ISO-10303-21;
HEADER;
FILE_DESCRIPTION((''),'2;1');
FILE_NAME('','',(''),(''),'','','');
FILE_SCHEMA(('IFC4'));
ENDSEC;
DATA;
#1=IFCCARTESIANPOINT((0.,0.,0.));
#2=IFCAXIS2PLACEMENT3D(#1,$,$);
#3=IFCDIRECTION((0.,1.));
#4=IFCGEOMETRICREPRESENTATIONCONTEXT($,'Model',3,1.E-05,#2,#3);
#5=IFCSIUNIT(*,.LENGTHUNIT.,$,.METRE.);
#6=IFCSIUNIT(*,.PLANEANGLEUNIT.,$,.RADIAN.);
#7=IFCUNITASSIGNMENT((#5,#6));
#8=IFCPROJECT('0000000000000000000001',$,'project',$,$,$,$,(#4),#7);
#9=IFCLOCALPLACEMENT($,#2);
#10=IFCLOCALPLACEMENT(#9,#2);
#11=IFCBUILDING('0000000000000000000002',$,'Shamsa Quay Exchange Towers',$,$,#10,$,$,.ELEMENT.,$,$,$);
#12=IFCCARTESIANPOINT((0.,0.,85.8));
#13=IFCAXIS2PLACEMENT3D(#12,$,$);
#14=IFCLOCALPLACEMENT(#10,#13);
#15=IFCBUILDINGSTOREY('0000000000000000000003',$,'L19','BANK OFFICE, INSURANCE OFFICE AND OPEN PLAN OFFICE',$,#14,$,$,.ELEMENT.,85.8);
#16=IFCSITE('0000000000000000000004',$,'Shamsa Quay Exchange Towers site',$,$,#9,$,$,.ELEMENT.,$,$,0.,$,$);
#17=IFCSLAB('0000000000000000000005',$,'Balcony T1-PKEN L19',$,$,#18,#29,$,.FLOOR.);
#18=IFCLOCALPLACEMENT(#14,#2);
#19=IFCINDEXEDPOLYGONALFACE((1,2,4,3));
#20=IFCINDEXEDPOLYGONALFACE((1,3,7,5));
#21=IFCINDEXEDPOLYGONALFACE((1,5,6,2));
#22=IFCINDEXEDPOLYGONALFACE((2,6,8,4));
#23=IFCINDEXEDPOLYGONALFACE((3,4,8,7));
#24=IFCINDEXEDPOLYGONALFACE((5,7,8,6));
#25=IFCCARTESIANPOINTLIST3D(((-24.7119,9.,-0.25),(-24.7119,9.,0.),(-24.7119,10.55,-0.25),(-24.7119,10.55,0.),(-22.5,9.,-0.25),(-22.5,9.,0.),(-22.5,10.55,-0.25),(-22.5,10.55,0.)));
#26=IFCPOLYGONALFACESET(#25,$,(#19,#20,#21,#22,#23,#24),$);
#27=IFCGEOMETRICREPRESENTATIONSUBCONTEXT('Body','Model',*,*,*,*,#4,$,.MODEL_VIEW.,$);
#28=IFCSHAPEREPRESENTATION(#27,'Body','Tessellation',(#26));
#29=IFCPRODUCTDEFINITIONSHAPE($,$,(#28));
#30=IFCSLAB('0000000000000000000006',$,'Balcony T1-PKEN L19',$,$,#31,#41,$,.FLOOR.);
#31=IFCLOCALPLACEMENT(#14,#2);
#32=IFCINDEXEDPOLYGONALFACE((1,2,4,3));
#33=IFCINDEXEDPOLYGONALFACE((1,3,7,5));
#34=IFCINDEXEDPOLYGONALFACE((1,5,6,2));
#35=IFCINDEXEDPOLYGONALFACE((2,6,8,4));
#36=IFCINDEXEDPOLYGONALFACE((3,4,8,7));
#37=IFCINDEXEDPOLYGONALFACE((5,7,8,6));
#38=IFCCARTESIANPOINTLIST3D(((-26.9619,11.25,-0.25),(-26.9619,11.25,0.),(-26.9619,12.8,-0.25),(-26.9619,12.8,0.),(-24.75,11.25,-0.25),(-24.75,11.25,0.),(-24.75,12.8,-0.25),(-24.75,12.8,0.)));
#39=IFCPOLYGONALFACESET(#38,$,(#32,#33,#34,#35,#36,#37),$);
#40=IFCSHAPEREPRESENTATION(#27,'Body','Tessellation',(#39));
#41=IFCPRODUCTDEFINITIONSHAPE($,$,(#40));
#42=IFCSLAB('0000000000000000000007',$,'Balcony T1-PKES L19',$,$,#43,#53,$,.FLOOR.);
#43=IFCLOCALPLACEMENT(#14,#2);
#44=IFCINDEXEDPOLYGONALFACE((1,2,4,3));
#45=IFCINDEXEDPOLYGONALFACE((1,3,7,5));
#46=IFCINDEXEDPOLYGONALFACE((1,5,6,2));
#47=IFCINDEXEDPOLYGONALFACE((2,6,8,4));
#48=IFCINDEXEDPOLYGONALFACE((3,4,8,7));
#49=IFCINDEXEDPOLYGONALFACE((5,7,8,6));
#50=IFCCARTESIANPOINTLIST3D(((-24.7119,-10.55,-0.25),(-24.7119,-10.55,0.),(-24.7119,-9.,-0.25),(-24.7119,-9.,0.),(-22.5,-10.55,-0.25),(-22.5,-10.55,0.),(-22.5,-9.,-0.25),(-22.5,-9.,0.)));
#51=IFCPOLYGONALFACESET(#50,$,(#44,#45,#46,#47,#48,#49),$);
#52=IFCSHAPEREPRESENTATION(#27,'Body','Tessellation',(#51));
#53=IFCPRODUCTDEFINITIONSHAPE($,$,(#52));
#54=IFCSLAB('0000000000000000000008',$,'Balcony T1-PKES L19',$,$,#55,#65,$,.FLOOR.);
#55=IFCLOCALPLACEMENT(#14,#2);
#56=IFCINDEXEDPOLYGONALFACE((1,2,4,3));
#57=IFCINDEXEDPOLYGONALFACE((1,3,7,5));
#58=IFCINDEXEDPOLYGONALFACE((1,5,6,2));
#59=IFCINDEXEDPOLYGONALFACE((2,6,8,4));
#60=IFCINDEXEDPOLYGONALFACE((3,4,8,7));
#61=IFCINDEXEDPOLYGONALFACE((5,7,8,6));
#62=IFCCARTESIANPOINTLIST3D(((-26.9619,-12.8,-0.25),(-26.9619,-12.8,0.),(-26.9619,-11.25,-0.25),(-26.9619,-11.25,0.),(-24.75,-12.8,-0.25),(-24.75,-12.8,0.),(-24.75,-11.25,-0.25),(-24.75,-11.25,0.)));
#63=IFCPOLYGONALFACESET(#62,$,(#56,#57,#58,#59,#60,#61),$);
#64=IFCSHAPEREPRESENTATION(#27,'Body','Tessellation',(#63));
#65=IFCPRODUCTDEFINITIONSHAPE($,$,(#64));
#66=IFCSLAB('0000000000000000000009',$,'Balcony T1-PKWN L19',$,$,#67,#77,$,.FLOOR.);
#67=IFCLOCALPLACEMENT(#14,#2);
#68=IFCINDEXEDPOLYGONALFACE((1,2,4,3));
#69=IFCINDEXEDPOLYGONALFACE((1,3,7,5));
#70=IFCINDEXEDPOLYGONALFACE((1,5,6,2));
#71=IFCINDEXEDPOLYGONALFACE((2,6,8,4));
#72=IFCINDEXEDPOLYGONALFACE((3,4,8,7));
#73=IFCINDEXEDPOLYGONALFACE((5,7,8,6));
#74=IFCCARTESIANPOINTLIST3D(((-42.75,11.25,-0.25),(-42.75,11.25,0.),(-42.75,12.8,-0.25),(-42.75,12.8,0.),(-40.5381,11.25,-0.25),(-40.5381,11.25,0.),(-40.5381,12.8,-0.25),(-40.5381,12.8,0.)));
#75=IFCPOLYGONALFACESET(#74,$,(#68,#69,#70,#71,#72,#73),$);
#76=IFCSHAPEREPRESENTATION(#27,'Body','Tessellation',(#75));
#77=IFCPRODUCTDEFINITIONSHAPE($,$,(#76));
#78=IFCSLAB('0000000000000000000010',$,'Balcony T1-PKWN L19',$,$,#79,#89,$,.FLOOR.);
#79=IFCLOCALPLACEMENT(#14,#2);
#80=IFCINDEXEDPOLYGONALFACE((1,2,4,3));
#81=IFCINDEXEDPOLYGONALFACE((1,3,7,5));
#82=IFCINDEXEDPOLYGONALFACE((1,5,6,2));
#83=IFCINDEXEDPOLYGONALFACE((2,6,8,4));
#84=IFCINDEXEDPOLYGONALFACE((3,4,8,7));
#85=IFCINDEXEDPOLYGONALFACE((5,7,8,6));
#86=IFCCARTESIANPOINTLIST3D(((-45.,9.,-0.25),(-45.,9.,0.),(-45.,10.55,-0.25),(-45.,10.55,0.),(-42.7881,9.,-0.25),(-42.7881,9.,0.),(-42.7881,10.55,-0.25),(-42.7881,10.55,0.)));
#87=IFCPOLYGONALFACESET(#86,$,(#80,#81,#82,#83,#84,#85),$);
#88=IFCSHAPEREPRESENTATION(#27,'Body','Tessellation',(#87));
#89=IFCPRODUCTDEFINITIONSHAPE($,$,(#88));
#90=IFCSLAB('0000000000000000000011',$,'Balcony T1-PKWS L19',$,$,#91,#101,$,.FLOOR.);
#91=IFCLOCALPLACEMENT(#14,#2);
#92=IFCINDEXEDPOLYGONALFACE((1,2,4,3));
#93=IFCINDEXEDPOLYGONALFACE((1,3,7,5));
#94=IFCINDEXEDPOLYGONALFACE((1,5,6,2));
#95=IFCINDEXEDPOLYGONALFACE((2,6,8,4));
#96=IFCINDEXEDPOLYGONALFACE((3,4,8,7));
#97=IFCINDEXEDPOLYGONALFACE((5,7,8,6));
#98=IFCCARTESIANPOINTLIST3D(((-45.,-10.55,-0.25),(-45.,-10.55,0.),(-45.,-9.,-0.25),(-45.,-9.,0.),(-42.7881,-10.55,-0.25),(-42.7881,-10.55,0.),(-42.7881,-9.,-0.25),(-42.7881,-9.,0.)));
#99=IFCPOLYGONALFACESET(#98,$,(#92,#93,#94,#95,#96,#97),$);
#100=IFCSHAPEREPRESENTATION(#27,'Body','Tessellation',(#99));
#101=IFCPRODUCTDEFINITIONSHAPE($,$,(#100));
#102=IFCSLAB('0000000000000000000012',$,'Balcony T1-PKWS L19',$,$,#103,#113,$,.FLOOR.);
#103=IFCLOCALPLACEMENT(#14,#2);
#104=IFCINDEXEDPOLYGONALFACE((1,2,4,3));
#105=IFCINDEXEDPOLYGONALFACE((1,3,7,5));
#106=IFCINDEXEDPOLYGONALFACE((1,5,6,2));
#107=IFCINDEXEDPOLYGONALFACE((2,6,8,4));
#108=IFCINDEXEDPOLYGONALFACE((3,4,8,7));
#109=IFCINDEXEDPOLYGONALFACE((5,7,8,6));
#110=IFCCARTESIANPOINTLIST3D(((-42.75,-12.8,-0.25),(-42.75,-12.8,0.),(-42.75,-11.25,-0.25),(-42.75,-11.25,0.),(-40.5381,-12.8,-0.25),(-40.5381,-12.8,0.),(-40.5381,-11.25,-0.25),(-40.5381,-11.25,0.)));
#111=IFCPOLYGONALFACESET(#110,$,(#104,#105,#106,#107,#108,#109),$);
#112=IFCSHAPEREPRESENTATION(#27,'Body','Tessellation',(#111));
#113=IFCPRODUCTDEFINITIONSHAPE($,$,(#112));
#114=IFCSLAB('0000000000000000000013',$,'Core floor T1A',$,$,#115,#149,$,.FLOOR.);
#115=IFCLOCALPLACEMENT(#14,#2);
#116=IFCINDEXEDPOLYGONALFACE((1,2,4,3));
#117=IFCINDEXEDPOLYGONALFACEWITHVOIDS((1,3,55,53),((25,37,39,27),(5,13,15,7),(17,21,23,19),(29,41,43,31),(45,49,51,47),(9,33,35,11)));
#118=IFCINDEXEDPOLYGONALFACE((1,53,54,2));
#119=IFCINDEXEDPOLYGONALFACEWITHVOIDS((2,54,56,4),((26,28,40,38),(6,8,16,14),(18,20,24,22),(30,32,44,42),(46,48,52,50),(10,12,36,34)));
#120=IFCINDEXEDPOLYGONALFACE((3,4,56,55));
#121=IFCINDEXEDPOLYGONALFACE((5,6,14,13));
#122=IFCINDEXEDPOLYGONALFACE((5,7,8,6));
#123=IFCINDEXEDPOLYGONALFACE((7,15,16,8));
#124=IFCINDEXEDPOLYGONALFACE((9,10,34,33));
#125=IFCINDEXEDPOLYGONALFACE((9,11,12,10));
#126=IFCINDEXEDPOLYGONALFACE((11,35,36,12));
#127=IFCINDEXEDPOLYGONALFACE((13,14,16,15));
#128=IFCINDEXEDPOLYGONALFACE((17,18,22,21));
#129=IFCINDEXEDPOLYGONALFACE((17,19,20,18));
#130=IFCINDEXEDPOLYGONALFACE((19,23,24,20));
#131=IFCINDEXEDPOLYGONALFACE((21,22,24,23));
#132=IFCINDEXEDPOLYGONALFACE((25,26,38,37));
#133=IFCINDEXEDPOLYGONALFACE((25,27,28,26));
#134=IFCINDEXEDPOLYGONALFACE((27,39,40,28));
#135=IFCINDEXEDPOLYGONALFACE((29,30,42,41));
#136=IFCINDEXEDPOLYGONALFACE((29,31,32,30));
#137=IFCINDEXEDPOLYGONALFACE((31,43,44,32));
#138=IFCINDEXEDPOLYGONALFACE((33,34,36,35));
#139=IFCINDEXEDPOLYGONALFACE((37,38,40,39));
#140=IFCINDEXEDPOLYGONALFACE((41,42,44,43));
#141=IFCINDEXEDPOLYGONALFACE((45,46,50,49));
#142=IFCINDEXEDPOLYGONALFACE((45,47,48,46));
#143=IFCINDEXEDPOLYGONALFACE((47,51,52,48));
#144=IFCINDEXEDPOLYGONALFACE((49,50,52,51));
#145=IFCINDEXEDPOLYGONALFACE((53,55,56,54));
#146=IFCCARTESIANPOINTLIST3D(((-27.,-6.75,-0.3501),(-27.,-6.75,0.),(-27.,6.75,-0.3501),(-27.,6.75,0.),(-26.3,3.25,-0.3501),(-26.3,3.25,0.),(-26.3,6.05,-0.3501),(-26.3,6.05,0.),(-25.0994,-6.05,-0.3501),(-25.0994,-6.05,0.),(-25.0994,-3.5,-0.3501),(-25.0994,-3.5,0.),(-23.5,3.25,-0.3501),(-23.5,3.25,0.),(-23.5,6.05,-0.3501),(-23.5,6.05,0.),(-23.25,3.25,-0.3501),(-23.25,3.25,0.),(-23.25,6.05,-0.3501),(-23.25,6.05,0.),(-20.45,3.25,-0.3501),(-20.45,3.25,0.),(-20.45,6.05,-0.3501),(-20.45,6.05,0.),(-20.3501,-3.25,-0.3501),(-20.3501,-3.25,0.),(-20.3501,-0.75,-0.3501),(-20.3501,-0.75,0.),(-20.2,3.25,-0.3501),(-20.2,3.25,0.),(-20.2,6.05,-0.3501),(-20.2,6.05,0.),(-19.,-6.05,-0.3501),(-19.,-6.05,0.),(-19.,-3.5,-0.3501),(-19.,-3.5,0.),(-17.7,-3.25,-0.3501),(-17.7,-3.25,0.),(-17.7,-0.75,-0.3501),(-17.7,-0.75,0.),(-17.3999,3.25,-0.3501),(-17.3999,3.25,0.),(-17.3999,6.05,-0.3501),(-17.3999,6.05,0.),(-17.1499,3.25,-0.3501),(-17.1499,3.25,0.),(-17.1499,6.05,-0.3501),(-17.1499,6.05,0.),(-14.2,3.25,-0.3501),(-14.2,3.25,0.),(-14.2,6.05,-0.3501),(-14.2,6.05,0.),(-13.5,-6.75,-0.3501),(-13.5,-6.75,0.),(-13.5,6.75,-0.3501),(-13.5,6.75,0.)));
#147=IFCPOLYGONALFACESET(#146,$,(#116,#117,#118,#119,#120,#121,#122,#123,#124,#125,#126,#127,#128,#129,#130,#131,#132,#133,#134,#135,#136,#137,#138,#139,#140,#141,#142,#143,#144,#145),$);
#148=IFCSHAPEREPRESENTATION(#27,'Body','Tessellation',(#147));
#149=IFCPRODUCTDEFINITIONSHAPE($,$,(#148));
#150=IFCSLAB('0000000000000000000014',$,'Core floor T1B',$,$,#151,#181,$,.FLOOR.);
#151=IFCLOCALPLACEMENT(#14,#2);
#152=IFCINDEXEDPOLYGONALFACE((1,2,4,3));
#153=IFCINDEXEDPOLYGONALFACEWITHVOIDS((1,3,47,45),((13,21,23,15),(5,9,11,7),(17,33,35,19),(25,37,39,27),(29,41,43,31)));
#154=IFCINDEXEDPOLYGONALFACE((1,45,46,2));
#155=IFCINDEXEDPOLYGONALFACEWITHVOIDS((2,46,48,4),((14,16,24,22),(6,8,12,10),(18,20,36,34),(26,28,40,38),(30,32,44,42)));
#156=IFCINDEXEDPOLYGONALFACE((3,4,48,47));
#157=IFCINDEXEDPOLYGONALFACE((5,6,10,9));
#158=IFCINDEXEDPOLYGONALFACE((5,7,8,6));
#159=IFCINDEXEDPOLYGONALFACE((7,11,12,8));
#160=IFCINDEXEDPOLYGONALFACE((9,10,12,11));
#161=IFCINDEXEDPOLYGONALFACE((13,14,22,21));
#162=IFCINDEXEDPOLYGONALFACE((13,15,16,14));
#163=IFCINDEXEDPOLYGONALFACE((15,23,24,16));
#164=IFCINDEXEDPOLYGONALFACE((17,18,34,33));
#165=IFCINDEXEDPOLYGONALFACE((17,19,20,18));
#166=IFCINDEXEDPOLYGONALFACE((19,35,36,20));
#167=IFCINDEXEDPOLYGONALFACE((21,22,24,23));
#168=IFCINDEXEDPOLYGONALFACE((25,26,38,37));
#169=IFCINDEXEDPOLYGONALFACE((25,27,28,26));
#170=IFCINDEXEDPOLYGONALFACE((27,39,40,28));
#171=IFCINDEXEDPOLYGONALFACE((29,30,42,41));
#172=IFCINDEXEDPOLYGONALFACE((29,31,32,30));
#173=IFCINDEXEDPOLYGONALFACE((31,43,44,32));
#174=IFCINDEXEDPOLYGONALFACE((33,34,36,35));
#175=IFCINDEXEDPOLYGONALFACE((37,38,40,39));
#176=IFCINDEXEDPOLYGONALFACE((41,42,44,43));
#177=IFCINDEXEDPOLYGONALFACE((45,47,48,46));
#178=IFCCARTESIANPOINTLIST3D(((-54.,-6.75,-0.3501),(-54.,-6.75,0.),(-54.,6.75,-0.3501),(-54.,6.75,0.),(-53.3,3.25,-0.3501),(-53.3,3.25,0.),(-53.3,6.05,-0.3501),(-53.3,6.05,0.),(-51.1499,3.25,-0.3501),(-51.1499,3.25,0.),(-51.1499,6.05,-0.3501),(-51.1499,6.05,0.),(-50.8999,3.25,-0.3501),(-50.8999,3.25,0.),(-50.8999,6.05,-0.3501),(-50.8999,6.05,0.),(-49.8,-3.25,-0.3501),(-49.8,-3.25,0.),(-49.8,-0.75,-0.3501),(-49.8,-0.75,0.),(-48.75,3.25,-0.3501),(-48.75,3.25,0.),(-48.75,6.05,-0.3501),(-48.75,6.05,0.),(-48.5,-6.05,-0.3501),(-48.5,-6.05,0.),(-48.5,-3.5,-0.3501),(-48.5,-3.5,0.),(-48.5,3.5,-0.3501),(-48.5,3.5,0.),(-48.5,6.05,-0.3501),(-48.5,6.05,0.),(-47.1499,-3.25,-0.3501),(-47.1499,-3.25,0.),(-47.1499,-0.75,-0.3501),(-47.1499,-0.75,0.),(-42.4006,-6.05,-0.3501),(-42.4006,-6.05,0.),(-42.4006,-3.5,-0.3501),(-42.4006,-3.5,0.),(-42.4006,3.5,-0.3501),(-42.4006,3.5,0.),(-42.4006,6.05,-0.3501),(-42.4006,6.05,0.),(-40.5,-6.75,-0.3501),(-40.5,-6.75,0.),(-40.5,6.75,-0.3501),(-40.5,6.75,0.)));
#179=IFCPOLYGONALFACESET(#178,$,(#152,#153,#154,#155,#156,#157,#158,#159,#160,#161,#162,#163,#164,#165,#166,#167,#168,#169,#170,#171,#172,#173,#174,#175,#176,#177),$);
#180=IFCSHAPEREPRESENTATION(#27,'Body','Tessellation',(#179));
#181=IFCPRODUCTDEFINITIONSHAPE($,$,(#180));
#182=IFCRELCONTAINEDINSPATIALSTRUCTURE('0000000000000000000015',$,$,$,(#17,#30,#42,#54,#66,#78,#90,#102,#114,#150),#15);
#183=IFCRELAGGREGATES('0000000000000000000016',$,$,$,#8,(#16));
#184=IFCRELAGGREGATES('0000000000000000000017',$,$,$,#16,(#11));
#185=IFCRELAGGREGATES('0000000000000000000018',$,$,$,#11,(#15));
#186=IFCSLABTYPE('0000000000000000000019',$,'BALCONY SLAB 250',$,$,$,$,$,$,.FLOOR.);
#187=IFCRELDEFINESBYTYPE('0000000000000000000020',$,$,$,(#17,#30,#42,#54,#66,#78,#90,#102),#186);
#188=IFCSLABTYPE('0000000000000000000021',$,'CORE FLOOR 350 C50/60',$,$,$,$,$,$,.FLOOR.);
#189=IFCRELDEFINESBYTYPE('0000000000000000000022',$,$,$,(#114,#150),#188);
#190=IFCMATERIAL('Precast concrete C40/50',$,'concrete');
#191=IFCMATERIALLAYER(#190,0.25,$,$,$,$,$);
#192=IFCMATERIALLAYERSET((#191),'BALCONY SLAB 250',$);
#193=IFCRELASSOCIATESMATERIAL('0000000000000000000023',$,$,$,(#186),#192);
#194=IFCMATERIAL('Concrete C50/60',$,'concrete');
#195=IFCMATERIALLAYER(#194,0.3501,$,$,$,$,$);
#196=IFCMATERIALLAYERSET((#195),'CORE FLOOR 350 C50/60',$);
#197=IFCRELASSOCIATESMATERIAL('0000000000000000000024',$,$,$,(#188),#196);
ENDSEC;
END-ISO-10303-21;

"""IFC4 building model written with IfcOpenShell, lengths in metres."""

from ifc_helpers import new_model, si_unit, direction, frame, origin, place, context, subcontext, project, spatial, polyline, outline, extrude, material, layer, layer_set, type_object, element, save


model = new_model("IFC4")

# Units and contexts
model_context = context("Model", 3, precision=1e-05, world=origin(), true_north=direction((0.0, 1.0)))
body_context = subcontext(model_context, "Body", "Model", "MODEL_VIEW")
ifc_project = project(units=[si_unit("LENGTHUNIT", "METRE"), si_unit("PLANEANGLEUNIT", "RADIAN")], contexts=[model_context])

# Site, building, storey
site_placement = place(None, origin())
site = spatial("IfcSite", under=ifc_project, at=site_placement, Name="Shamsa Quay Exchange Towers site", CompositionType="ELEMENT", RefElevation=0.0)
building_placement = place(site_placement, origin())
building = spatial("IfcBuilding", under=site, at=building_placement, Name="Shamsa Quay Exchange Towers", CompositionType="ELEMENT")
storey_placement = place(building_placement, frame((0.0, 0.0, 85.8)))
storey = spatial("IfcBuildingStorey", under=building, at=storey_placement, Name="L19", Description="BANK OFFICE, INSURANCE OFFICE AND OPEN PLAN OFFICE", CompositionType="ELEMENT", Elevation=85.8)

# Slabs
ifc_material_1 = material(Name="Precast concrete C40/50", Category="concrete")
ifc_layer_1 = layer(ifc_material_1, 0.25)
ifc_layer_set_1 = layer_set([ifc_layer_1], Name="BALCONY SLAB 250")
slab_type_1 = type_object("IfcSlabType", Name="BALCONY SLAB 250", PredefinedType="FLOOR", material=ifc_layer_set_1)
slab_1_placement = place(storey_placement, frame((0.0, 0.0, -0.25)))
element("IfcSlab", 1, at=slab_1_placement, inside=storey, type_object=slab_type_1, Name="Balcony T1-PKEN L19", PredefinedType="FLOOR", context=body_context, shape_type="SweptSolid", body=[
    extrude(outline(polyline([(-22.5, 9.0), (-24.7119, 9.0), (-24.7119, 10.55), (-22.5, 10.55), (-22.5, 9.0)])), origin(), (0.0, 0.0, 1.0), 0.25),
])
slab_2_placement = place(storey_placement, frame((0.0, 0.0, -0.25)))
element("IfcSlab", 2, at=slab_2_placement, inside=storey, type_object=slab_type_1, Name="Balcony T1-PKEN L19", PredefinedType="FLOOR", context=body_context, shape_type="SweptSolid", body=[
    extrude(outline(polyline([(-24.75, 11.25), (-26.9619, 11.25), (-26.9619, 12.8), (-24.75, 12.8), (-24.75, 11.25)])), origin(), (0.0, 0.0, 1.0), 0.25),
])
slab_3_placement = place(storey_placement, frame((0.0, 0.0, -0.25)))
element("IfcSlab", 3, at=slab_3_placement, inside=storey, type_object=slab_type_1, Name="Balcony T1-PKES L19", PredefinedType="FLOOR", context=body_context, shape_type="SweptSolid", body=[
    extrude(outline(polyline([(-24.7119, -9.0), (-22.5, -9.0), (-22.5, -10.55), (-24.7119, -10.55), (-24.7119, -9.0)])), origin(), (0.0, 0.0, 1.0), 0.25),
])
slab_4_placement = place(storey_placement, frame((0.0, 0.0, -0.25)))
element("IfcSlab", 4, at=slab_4_placement, inside=storey, type_object=slab_type_1, Name="Balcony T1-PKES L19", PredefinedType="FLOOR", context=body_context, shape_type="SweptSolid", body=[
    extrude(outline(polyline([(-26.9619, -11.25), (-24.75, -11.25), (-24.75, -12.8), (-26.9619, -12.8), (-26.9619, -11.25)])), origin(), (0.0, 0.0, 1.0), 0.25),
])
slab_5_placement = place(storey_placement, frame((0.0, 0.0, -0.25)))
element("IfcSlab", 5, at=slab_5_placement, inside=storey, type_object=slab_type_1, Name="Balcony T1-PKWN L19", PredefinedType="FLOOR", context=body_context, shape_type="SweptSolid", body=[
    extrude(outline(polyline([(-40.5381, 11.25), (-42.75, 11.25), (-42.75, 12.8), (-40.5381, 12.8), (-40.5381, 11.25)])), origin(), (0.0, 0.0, 1.0), 0.25),
])
slab_6_placement = place(storey_placement, frame((0.0, 0.0, -0.25)))
element("IfcSlab", 6, at=slab_6_placement, inside=storey, type_object=slab_type_1, Name="Balcony T1-PKWN L19", PredefinedType="FLOOR", context=body_context, shape_type="SweptSolid", body=[
    extrude(outline(polyline([(-42.7881, 9.0), (-45.0, 9.0), (-45.0, 10.55), (-42.7881, 10.55), (-42.7881, 9.0)])), origin(), (0.0, 0.0, 1.0), 0.25),
])
slab_7_placement = place(storey_placement, frame((0.0, 0.0, -0.25)))
element("IfcSlab", 7, at=slab_7_placement, inside=storey, type_object=slab_type_1, Name="Balcony T1-PKWS L19", PredefinedType="FLOOR", context=body_context, shape_type="SweptSolid", body=[
    extrude(outline(polyline([(-45.0, -9.0), (-42.7881, -9.0), (-42.7881, -10.55), (-45.0, -10.55), (-45.0, -9.0)])), origin(), (0.0, 0.0, 1.0), 0.25),
])
slab_8_placement = place(storey_placement, frame((0.0, 0.0, -0.25)))
element("IfcSlab", 8, at=slab_8_placement, inside=storey, type_object=slab_type_1, Name="Balcony T1-PKWS L19", PredefinedType="FLOOR", context=body_context, shape_type="SweptSolid", body=[
    extrude(outline(polyline([(-42.75, -11.25), (-40.5381, -11.25), (-40.5381, -12.8), (-42.75, -12.8), (-42.75, -11.25)])), origin(), (0.0, 0.0, 1.0), 0.25),
])
ifc_material_2 = material(Name="Concrete C50/60", Category="concrete")
ifc_layer_2 = layer(ifc_material_2, 0.3501)
ifc_layer_set_2 = layer_set([ifc_layer_2], Name="CORE FLOOR 350 C50/60")
slab_type_2 = type_object("IfcSlabType", Name="CORE FLOOR 350 C50/60", PredefinedType="FLOOR", material=ifc_layer_set_2)
slab_9_placement = place(storey_placement, frame((0.0, 0.0, -0.3501)))
element("IfcSlab", 9, at=slab_9_placement, inside=storey, type_object=slab_type_2, Name="Core floor T1A", PredefinedType="FLOOR", context=body_context, shape_type="SweptSolid", body=[
    extrude(outline(polyline([(-27.0, -6.75), (-13.5, -6.75), (-13.5, 6.75), (-27.0, 6.75), (-27.0, -6.75)]), holes=[polyline([(-25.0994, -6.05), (-25.0994, -3.5), (-19.0, -3.5), (-19.0, -6.05), (-25.0994, -6.05)]), polyline([(-26.3, 3.25), (-26.3, 6.05), (-23.5, 6.05), (-23.5, 3.25), (-26.3, 3.25)]), polyline([(-23.25, 3.25), (-23.25, 6.05), (-20.45, 6.05), (-20.45, 3.25), (-23.25, 3.25)]), polyline([(-20.2, 3.25), (-20.2, 6.05), (-17.3999, 6.05), (-17.3999, 3.25), (-20.2, 3.25)]), polyline([(-17.1499, 3.25), (-17.1499, 6.05), (-14.2, 6.05), (-14.2, 3.25), (-17.1499, 3.25)]), polyline([(-20.3501, -3.25), (-20.3501, -0.75), (-17.7, -0.75), (-17.7, -3.25), (-20.3501, -3.25)])]), origin(), (0.0, 0.0, 1.0), 0.3501),
])
slab_10_placement = place(storey_placement, frame((0.0, 0.0, -0.3501)))
element("IfcSlab", 10, at=slab_10_placement, inside=storey, type_object=slab_type_2, Name="Core floor T1B", PredefinedType="FLOOR", context=body_context, shape_type="SweptSolid", body=[
    extrude(outline(polyline([(-40.5, -6.75), (-40.5, 6.75), (-54.0, 6.75), (-54.0, -6.75), (-40.5, -6.75)]), holes=[polyline([(-42.4006, -3.5), (-42.4006, -6.05), (-48.5, -6.05), (-48.5, -3.5), (-42.4006, -3.5)]), polyline([(-42.4006, 6.05), (-42.4006, 3.5), (-48.5, 3.5), (-48.5, 6.05), (-42.4006, 6.05)]), polyline([(-48.75, 3.25), (-50.8999, 3.25), (-50.8999, 6.05), (-48.75, 6.05), (-48.75, 3.25)]), polyline([(-51.1499, 3.25), (-53.3, 3.25), (-53.3, 6.05), (-51.1499, 6.05), (-51.1499, 3.25)]), polyline([(-47.1499, -3.25), (-49.8, -3.25), (-49.8, -0.75), (-47.1499, -0.75), (-47.1499, -3.25)])]), origin(), (0.0, 0.0, 1.0), 0.3501),
])

save(model, "model.ifc")
